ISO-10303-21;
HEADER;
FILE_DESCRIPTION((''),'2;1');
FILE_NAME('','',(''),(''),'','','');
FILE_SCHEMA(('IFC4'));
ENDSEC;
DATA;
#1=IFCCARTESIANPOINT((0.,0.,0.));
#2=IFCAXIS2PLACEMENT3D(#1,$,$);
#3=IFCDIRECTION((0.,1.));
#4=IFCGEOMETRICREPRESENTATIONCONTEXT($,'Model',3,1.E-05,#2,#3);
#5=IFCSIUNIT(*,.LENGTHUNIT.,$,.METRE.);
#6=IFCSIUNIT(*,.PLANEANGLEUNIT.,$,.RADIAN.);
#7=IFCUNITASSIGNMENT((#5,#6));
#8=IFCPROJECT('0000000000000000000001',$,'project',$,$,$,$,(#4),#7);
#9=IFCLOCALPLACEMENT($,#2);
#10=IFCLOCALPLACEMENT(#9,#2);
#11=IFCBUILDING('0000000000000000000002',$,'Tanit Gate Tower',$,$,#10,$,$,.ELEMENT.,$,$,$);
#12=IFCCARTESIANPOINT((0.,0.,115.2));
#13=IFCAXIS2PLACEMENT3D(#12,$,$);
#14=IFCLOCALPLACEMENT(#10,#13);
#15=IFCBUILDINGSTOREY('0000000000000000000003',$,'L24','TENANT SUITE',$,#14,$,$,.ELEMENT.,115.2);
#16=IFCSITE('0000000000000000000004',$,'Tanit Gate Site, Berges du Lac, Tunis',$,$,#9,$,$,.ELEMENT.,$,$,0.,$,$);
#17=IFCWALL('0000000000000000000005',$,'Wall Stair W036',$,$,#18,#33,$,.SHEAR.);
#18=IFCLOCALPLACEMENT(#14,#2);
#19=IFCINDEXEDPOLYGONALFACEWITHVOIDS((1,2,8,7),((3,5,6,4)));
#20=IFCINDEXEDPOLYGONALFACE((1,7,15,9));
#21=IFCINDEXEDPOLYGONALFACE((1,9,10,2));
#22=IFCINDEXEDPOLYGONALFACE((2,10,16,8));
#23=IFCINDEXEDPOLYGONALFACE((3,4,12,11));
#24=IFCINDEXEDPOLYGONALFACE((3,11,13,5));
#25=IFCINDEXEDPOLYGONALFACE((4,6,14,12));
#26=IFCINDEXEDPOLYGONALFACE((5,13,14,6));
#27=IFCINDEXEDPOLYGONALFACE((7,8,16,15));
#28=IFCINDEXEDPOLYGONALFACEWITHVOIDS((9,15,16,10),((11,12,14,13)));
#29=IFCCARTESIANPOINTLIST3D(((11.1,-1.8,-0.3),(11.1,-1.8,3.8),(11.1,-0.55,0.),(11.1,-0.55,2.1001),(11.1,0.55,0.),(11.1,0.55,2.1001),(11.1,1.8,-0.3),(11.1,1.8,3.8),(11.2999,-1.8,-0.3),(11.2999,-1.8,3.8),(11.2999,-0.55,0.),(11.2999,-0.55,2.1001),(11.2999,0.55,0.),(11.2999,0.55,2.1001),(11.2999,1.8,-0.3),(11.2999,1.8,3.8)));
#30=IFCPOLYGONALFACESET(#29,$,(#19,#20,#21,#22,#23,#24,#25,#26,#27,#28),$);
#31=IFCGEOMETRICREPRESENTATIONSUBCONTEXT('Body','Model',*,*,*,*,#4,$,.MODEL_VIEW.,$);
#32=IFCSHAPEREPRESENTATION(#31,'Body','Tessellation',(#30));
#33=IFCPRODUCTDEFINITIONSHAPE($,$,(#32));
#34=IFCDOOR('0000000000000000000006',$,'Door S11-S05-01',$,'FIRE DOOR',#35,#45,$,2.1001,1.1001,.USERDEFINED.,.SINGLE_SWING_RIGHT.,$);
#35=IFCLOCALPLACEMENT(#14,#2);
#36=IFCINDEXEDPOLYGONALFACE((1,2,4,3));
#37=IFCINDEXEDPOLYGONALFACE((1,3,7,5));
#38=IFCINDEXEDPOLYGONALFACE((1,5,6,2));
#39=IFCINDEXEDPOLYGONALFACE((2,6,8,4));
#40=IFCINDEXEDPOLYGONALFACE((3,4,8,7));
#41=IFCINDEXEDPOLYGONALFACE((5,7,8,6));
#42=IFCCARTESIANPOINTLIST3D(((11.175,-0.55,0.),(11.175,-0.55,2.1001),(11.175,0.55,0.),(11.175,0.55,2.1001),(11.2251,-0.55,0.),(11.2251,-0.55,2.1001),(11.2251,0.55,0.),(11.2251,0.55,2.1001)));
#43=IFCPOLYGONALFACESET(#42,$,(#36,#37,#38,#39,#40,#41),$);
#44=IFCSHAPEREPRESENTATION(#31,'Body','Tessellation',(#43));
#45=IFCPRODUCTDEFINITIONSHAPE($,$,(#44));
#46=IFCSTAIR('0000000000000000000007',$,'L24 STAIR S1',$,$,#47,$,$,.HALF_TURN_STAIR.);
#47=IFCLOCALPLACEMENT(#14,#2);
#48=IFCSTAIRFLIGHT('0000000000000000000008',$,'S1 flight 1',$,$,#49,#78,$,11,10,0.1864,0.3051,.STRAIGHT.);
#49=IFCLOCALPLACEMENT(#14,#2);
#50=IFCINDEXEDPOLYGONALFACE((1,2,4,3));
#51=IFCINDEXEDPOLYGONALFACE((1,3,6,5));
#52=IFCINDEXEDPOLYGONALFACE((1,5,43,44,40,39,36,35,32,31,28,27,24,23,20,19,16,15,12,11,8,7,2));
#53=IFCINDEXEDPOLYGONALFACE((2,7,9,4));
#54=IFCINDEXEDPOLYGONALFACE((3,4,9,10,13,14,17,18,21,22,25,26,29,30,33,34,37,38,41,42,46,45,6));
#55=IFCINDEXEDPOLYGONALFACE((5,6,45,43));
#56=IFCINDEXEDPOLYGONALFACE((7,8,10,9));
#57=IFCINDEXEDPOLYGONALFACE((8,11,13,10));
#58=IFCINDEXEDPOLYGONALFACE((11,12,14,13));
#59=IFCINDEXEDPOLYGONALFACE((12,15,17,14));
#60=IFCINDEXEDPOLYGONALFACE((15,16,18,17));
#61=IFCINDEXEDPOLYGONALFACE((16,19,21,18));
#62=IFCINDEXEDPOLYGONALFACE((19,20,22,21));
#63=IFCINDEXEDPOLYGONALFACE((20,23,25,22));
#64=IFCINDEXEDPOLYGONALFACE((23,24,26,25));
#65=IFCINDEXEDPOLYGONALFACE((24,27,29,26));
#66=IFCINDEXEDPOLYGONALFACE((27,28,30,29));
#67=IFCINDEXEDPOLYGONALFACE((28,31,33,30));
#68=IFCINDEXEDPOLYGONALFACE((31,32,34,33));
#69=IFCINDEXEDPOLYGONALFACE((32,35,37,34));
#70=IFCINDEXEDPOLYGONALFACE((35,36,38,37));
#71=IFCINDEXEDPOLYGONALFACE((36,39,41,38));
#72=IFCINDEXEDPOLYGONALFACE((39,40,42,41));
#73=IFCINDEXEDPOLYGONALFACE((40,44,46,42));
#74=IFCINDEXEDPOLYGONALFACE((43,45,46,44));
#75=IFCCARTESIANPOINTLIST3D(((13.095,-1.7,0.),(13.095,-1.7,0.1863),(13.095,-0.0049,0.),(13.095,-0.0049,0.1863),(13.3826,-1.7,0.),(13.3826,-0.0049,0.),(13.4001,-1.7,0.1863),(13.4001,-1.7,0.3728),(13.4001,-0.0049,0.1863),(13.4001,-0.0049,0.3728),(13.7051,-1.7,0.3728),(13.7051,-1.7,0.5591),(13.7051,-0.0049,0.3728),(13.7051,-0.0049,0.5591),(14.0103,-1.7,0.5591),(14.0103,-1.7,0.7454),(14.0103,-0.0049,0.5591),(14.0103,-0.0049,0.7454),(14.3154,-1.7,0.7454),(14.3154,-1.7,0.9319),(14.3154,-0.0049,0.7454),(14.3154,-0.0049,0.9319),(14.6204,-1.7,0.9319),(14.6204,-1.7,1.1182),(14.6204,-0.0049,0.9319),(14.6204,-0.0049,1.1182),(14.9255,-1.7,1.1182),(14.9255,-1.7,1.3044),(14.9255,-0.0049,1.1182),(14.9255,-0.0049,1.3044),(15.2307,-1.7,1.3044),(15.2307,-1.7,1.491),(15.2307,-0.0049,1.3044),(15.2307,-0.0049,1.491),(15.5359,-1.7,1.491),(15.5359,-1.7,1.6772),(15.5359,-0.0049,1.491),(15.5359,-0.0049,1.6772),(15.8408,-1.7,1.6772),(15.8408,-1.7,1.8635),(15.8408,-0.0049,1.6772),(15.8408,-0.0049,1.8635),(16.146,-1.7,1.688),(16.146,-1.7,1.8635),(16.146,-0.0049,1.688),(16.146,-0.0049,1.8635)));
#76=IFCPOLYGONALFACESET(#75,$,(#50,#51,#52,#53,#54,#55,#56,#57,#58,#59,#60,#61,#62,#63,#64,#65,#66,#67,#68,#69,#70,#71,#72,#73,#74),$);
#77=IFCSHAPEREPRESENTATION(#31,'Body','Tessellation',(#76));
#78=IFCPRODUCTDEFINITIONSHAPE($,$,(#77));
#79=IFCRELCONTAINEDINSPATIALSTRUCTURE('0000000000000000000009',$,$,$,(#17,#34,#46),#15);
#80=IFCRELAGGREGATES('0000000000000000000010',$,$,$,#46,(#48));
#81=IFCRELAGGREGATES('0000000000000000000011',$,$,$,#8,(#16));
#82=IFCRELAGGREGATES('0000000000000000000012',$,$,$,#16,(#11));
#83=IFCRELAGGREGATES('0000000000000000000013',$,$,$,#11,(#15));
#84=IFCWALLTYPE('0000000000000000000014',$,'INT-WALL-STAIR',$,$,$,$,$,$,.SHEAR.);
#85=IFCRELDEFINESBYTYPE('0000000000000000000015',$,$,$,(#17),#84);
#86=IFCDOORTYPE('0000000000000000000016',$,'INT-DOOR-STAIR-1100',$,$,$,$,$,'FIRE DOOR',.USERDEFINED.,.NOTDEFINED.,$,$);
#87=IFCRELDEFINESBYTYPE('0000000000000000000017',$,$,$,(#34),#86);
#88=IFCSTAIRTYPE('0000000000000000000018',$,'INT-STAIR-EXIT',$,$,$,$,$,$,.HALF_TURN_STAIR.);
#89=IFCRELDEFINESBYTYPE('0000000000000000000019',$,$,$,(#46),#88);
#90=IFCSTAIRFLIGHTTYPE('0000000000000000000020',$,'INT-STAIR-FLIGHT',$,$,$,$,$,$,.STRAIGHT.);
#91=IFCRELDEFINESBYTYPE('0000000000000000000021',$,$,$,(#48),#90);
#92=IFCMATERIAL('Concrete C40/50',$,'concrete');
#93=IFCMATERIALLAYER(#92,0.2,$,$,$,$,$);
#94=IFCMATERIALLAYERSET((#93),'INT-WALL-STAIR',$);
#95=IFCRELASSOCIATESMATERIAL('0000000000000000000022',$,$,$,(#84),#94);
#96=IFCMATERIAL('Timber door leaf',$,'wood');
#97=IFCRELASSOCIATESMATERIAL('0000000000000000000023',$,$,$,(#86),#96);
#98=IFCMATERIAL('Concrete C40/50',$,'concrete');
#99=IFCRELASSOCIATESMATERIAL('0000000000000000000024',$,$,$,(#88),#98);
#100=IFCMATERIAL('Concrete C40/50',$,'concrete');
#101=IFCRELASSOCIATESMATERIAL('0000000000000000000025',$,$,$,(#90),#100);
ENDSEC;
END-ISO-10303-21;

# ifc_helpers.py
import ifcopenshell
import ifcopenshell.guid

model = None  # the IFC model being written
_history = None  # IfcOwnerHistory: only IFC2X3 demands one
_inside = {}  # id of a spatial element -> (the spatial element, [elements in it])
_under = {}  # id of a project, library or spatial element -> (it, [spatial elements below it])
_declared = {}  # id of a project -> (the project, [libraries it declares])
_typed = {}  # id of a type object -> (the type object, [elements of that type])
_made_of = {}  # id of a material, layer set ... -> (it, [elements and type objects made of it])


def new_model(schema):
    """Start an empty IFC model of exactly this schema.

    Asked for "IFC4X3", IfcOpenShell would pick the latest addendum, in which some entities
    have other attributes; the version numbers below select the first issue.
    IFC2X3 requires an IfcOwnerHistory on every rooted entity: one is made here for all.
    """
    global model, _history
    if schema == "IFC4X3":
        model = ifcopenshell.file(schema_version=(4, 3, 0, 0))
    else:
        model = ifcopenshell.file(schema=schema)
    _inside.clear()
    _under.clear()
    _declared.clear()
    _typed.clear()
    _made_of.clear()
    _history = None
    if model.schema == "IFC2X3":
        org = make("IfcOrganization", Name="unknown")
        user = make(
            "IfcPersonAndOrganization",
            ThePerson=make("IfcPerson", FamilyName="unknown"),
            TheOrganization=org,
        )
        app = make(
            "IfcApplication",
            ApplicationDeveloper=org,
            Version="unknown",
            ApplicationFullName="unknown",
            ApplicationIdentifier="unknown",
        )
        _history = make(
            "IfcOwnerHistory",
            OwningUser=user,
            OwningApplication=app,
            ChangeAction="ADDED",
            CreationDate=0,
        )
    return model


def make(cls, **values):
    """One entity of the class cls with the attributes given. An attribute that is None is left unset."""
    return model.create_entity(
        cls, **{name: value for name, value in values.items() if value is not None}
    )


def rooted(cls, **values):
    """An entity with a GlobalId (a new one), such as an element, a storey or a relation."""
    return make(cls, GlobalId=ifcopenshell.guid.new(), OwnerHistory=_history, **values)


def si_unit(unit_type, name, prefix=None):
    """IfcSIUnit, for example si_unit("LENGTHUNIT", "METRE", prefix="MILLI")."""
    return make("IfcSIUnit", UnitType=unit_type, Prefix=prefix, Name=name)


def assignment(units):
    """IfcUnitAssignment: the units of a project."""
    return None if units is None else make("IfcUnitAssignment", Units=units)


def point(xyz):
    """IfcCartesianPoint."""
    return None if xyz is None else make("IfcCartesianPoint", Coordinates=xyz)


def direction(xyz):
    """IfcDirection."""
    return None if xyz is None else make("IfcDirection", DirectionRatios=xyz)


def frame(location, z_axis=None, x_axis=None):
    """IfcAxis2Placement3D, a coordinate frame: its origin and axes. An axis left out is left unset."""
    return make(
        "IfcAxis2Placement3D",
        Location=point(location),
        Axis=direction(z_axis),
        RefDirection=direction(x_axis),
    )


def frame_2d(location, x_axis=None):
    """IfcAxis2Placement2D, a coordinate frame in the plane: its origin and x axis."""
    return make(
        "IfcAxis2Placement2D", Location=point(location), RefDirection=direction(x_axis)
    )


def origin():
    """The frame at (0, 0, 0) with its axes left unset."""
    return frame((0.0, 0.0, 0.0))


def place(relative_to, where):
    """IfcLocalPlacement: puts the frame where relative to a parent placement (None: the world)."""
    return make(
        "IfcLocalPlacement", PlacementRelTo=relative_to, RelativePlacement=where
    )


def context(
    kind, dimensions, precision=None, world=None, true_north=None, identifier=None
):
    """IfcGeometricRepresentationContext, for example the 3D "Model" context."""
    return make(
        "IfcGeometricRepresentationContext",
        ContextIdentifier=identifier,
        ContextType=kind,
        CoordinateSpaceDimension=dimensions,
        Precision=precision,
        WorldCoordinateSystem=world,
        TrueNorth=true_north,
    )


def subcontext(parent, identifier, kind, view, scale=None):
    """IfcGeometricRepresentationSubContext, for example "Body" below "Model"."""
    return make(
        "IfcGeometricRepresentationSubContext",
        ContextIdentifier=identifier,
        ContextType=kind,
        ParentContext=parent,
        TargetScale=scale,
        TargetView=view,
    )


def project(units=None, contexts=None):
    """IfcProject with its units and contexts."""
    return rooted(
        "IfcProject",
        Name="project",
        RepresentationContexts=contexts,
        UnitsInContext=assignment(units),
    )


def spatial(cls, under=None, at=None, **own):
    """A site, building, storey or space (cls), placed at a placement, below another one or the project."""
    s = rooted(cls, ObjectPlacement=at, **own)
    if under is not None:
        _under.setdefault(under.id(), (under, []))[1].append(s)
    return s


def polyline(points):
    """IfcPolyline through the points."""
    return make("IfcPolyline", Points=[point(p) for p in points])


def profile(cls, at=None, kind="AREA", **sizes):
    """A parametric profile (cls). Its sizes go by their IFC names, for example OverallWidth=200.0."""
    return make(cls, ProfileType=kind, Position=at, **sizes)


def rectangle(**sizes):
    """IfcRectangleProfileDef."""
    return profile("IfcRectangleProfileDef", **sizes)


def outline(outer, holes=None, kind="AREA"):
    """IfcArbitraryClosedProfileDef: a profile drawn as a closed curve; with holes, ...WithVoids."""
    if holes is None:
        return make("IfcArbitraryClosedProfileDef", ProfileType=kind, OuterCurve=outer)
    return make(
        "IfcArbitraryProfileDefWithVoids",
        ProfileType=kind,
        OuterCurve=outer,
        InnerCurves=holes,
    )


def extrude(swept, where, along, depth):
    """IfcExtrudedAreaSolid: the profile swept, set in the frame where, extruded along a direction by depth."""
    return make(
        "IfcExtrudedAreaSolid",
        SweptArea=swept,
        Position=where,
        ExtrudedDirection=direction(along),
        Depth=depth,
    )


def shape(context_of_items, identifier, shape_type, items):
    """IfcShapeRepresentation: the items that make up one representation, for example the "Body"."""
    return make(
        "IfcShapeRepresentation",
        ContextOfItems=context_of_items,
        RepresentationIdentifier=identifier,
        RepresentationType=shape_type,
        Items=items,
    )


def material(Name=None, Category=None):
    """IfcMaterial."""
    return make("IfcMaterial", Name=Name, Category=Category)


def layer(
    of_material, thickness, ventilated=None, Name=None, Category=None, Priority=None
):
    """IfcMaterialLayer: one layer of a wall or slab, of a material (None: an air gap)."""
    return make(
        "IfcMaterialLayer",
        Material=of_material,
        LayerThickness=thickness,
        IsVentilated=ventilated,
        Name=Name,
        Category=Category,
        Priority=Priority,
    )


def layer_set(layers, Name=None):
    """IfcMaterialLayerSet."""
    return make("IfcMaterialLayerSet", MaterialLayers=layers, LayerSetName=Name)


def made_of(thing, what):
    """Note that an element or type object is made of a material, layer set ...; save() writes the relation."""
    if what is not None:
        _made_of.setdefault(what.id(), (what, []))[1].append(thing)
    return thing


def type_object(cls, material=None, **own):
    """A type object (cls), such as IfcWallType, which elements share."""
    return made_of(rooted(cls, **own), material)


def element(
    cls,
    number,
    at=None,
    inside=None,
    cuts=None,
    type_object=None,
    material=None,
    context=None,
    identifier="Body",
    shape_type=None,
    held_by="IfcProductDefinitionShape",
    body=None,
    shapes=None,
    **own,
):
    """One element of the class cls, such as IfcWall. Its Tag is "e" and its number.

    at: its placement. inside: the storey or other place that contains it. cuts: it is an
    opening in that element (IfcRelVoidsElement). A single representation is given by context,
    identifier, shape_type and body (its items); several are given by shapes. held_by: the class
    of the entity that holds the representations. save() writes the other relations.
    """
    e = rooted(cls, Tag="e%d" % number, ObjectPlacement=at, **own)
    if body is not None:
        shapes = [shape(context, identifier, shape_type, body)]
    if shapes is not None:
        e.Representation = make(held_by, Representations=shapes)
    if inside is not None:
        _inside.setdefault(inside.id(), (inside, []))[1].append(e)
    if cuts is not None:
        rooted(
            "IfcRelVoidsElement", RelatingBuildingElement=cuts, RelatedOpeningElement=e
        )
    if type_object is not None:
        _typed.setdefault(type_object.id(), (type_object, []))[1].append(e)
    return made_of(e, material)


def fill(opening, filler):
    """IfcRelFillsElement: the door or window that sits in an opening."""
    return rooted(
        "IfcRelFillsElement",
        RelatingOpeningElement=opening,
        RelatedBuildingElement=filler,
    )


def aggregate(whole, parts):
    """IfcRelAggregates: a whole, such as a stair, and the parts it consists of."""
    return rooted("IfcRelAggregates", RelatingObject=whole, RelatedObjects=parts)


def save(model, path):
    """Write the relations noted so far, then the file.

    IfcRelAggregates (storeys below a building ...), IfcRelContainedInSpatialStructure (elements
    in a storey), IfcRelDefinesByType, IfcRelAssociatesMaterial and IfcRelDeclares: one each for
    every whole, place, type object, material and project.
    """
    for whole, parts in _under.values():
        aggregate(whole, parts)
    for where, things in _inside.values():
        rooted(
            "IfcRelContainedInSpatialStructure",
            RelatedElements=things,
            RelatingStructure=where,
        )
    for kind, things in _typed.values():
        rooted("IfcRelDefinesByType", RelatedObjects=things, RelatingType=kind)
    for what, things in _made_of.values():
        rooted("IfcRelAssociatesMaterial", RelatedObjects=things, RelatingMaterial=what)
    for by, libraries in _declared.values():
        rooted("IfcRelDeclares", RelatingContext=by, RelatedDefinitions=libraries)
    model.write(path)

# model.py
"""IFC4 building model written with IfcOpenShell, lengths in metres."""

from ifc_helpers import new_model, si_unit, direction, frame, frame_2d, origin, place, context, subcontext, project, spatial, polyline, rectangle, outline, extrude, material, layer, layer_set, type_object, element, fill, aggregate, save


model = new_model("IFC4")

# Units and contexts
model_context = context("Model", 3, precision=1e-05, world=origin(), true_north=direction((0.0, 1.0)))
body_context = subcontext(model_context, "Body", "Model", "MODEL_VIEW")
ifc_project = project(units=[si_unit("LENGTHUNIT", "METRE"), si_unit("PLANEANGLEUNIT", "RADIAN")], contexts=[model_context])

# Site, building, storey
site_placement = place(None, origin())
site = spatial("IfcSite", under=ifc_project, at=site_placement, Name="Tanit Gate Site, Berges du Lac, Tunis", CompositionType="ELEMENT", RefElevation=0.0)
building_placement = place(site_placement, origin())
building = spatial("IfcBuilding", under=site, at=building_placement, Name="Tanit Gate Tower", CompositionType="ELEMENT")
storey_placement = place(building_placement, frame((0.0, 0.0, 115.2)))
storey = spatial("IfcBuildingStorey", under=building, at=storey_placement, Name="L24", Description="TENANT SUITE", CompositionType="ELEMENT", Elevation=115.2)

# Shared definitions
ifc_material_1 = material(Name="Concrete C40/50", Category="concrete")
ifc_layer_1 = layer(ifc_material_1, 0.2)
ifc_layer_set_1 = layer_set([ifc_layer_1], Name="INT-WALL-STAIR")
wall_type_1 = type_object("IfcWallType", Name="INT-WALL-STAIR", PredefinedType="SHEAR", material=ifc_layer_set_1)

# Wall, opening, door
wall_1_placement = place(storey_placement, frame((11.2, -1.8, -0.3), z_axis=(0.0, 0.0, 1.0), x_axis=(0.0, 1.0, 0.0)))
wall_1 = element("IfcWall", 1, at=wall_1_placement, inside=storey, type_object=wall_type_1, Name="Wall Stair W036", PredefinedType="SHEAR", context=body_context, shape_type="SweptSolid", body=[
    extrude(rectangle(XDim=3.6001, YDim=0.2, at=frame_2d((1.8, 0.0))), origin(), (0.0, 0.0, 1.0), 4.1001),
])
opening_1_placement = place(wall_1_placement, frame((1.25, 0.0, 0.3)))
opening_1 = element("IfcOpeningElement", 2, at=opening_1_placement, cuts=wall_1, PredefinedType="OPENING", context=body_context, shape_type="SweptSolid", body=[
    extrude(rectangle(XDim=1.1001, YDim=2.1001, at=frame_2d((0.55, 1.05))), frame((0.0, 0.1099, 0.0), z_axis=(0.0, -1.0, 0.0), x_axis=(1.0, 0.0, 0.0)), (0.0, 0.0, 1.0), 0.22),
])
ifc_material_2 = material(Name="Timber door leaf", Category="wood")
door_type_1 = type_object("IfcDoorType", Name="INT-DOOR-STAIR-1100", ElementType="FIRE DOOR", OperationType="NOTDEFINED", PredefinedType="USERDEFINED", material=ifc_material_2)
door_1_placement = place(opening_1_placement, origin())
door_1 = element("IfcDoor", 3, at=door_1_placement, inside=storey, type_object=door_type_1, Name="Door S11-S05-01", ObjectType="FIRE DOOR", OperationType="SINGLE_SWING_RIGHT", OverallHeight=2.1001, OverallWidth=1.1001, PredefinedType="USERDEFINED", context=body_context, shape_type="SweptSolid", body=[
    extrude(rectangle(XDim=1.1001, YDim=2.1001, at=frame_2d((0.55, 1.05))), frame((0.0, 0.0249, 0.0), z_axis=(0.0, -1.0, 0.0), x_axis=(1.0, 0.0, 0.0)), (0.0, 0.0, 1.0), 0.05),
])
fill(opening_1, door_1)

# Stair, stair flight
ifc_material_3 = material(Name="Concrete C40/50", Category="concrete")
stair_type = type_object("IfcStairType", Name="INT-STAIR-EXIT", PredefinedType="HALF_TURN_STAIR", material=ifc_material_3)
stair_placement = place(storey_placement, origin())
stair = element("IfcStair", 4, at=stair_placement, inside=storey, type_object=stair_type, Name="L24 STAIR S1", PredefinedType="HALF_TURN_STAIR")
ifc_material_4 = material(Name="Concrete C40/50", Category="concrete")
stair_flight_type = type_object("IfcStairFlightType", Name="INT-STAIR-FLIGHT", PredefinedType="STRAIGHT", material=ifc_material_4)
stair_flight_placement = place(storey_placement, frame((13.095, -0.8525, 0.0), z_axis=(0.0, 0.0, 1.0), x_axis=(1.0, 0.0, 0.0)))
stair_flight = element("IfcStairFlight", 5, at=stair_flight_placement, type_object=stair_flight_type, Name="S1 flight 1", NumberOfRisers=11, NumberOfTreads=10, PredefinedType="STRAIGHT", RiserHeight=0.1864, TreadLength=0.3051, context=body_context, shape_type="SweptSolid", body=[
    extrude(outline(polyline([(0.0, 0.0), (0.0, 0.1863), (0.3052, 0.1863), (0.3052, 0.3728), (0.6101, 0.3728), (0.6101, 0.5591), (0.9153, 0.5591), (0.9153, 0.7454), (1.2205, 0.7454), (1.2205, 0.9319), (1.5254, 0.9319), (1.5254, 1.1182), (1.8306, 1.1182), (1.8306, 1.3044), (2.1357, 1.3044), (2.1357, 1.491), (2.4409, 1.491), (2.4409, 1.6772), (2.7458, 1.6772), (2.7458, 1.8635), (3.051, 1.8635), (3.051, 2.05), (3.051, 1.688), (0.2876, 0.0), (0.0, 0.0)])), frame((0.0, 0.8477, 0.0), z_axis=(0.0, -1.0, 0.0), x_axis=(1.0, 0.0, 0.0)), (0.0, 0.0, 1.0), 1.6951),
])
aggregate(stair, [stair_flight])

save(model, "model.ifc")
